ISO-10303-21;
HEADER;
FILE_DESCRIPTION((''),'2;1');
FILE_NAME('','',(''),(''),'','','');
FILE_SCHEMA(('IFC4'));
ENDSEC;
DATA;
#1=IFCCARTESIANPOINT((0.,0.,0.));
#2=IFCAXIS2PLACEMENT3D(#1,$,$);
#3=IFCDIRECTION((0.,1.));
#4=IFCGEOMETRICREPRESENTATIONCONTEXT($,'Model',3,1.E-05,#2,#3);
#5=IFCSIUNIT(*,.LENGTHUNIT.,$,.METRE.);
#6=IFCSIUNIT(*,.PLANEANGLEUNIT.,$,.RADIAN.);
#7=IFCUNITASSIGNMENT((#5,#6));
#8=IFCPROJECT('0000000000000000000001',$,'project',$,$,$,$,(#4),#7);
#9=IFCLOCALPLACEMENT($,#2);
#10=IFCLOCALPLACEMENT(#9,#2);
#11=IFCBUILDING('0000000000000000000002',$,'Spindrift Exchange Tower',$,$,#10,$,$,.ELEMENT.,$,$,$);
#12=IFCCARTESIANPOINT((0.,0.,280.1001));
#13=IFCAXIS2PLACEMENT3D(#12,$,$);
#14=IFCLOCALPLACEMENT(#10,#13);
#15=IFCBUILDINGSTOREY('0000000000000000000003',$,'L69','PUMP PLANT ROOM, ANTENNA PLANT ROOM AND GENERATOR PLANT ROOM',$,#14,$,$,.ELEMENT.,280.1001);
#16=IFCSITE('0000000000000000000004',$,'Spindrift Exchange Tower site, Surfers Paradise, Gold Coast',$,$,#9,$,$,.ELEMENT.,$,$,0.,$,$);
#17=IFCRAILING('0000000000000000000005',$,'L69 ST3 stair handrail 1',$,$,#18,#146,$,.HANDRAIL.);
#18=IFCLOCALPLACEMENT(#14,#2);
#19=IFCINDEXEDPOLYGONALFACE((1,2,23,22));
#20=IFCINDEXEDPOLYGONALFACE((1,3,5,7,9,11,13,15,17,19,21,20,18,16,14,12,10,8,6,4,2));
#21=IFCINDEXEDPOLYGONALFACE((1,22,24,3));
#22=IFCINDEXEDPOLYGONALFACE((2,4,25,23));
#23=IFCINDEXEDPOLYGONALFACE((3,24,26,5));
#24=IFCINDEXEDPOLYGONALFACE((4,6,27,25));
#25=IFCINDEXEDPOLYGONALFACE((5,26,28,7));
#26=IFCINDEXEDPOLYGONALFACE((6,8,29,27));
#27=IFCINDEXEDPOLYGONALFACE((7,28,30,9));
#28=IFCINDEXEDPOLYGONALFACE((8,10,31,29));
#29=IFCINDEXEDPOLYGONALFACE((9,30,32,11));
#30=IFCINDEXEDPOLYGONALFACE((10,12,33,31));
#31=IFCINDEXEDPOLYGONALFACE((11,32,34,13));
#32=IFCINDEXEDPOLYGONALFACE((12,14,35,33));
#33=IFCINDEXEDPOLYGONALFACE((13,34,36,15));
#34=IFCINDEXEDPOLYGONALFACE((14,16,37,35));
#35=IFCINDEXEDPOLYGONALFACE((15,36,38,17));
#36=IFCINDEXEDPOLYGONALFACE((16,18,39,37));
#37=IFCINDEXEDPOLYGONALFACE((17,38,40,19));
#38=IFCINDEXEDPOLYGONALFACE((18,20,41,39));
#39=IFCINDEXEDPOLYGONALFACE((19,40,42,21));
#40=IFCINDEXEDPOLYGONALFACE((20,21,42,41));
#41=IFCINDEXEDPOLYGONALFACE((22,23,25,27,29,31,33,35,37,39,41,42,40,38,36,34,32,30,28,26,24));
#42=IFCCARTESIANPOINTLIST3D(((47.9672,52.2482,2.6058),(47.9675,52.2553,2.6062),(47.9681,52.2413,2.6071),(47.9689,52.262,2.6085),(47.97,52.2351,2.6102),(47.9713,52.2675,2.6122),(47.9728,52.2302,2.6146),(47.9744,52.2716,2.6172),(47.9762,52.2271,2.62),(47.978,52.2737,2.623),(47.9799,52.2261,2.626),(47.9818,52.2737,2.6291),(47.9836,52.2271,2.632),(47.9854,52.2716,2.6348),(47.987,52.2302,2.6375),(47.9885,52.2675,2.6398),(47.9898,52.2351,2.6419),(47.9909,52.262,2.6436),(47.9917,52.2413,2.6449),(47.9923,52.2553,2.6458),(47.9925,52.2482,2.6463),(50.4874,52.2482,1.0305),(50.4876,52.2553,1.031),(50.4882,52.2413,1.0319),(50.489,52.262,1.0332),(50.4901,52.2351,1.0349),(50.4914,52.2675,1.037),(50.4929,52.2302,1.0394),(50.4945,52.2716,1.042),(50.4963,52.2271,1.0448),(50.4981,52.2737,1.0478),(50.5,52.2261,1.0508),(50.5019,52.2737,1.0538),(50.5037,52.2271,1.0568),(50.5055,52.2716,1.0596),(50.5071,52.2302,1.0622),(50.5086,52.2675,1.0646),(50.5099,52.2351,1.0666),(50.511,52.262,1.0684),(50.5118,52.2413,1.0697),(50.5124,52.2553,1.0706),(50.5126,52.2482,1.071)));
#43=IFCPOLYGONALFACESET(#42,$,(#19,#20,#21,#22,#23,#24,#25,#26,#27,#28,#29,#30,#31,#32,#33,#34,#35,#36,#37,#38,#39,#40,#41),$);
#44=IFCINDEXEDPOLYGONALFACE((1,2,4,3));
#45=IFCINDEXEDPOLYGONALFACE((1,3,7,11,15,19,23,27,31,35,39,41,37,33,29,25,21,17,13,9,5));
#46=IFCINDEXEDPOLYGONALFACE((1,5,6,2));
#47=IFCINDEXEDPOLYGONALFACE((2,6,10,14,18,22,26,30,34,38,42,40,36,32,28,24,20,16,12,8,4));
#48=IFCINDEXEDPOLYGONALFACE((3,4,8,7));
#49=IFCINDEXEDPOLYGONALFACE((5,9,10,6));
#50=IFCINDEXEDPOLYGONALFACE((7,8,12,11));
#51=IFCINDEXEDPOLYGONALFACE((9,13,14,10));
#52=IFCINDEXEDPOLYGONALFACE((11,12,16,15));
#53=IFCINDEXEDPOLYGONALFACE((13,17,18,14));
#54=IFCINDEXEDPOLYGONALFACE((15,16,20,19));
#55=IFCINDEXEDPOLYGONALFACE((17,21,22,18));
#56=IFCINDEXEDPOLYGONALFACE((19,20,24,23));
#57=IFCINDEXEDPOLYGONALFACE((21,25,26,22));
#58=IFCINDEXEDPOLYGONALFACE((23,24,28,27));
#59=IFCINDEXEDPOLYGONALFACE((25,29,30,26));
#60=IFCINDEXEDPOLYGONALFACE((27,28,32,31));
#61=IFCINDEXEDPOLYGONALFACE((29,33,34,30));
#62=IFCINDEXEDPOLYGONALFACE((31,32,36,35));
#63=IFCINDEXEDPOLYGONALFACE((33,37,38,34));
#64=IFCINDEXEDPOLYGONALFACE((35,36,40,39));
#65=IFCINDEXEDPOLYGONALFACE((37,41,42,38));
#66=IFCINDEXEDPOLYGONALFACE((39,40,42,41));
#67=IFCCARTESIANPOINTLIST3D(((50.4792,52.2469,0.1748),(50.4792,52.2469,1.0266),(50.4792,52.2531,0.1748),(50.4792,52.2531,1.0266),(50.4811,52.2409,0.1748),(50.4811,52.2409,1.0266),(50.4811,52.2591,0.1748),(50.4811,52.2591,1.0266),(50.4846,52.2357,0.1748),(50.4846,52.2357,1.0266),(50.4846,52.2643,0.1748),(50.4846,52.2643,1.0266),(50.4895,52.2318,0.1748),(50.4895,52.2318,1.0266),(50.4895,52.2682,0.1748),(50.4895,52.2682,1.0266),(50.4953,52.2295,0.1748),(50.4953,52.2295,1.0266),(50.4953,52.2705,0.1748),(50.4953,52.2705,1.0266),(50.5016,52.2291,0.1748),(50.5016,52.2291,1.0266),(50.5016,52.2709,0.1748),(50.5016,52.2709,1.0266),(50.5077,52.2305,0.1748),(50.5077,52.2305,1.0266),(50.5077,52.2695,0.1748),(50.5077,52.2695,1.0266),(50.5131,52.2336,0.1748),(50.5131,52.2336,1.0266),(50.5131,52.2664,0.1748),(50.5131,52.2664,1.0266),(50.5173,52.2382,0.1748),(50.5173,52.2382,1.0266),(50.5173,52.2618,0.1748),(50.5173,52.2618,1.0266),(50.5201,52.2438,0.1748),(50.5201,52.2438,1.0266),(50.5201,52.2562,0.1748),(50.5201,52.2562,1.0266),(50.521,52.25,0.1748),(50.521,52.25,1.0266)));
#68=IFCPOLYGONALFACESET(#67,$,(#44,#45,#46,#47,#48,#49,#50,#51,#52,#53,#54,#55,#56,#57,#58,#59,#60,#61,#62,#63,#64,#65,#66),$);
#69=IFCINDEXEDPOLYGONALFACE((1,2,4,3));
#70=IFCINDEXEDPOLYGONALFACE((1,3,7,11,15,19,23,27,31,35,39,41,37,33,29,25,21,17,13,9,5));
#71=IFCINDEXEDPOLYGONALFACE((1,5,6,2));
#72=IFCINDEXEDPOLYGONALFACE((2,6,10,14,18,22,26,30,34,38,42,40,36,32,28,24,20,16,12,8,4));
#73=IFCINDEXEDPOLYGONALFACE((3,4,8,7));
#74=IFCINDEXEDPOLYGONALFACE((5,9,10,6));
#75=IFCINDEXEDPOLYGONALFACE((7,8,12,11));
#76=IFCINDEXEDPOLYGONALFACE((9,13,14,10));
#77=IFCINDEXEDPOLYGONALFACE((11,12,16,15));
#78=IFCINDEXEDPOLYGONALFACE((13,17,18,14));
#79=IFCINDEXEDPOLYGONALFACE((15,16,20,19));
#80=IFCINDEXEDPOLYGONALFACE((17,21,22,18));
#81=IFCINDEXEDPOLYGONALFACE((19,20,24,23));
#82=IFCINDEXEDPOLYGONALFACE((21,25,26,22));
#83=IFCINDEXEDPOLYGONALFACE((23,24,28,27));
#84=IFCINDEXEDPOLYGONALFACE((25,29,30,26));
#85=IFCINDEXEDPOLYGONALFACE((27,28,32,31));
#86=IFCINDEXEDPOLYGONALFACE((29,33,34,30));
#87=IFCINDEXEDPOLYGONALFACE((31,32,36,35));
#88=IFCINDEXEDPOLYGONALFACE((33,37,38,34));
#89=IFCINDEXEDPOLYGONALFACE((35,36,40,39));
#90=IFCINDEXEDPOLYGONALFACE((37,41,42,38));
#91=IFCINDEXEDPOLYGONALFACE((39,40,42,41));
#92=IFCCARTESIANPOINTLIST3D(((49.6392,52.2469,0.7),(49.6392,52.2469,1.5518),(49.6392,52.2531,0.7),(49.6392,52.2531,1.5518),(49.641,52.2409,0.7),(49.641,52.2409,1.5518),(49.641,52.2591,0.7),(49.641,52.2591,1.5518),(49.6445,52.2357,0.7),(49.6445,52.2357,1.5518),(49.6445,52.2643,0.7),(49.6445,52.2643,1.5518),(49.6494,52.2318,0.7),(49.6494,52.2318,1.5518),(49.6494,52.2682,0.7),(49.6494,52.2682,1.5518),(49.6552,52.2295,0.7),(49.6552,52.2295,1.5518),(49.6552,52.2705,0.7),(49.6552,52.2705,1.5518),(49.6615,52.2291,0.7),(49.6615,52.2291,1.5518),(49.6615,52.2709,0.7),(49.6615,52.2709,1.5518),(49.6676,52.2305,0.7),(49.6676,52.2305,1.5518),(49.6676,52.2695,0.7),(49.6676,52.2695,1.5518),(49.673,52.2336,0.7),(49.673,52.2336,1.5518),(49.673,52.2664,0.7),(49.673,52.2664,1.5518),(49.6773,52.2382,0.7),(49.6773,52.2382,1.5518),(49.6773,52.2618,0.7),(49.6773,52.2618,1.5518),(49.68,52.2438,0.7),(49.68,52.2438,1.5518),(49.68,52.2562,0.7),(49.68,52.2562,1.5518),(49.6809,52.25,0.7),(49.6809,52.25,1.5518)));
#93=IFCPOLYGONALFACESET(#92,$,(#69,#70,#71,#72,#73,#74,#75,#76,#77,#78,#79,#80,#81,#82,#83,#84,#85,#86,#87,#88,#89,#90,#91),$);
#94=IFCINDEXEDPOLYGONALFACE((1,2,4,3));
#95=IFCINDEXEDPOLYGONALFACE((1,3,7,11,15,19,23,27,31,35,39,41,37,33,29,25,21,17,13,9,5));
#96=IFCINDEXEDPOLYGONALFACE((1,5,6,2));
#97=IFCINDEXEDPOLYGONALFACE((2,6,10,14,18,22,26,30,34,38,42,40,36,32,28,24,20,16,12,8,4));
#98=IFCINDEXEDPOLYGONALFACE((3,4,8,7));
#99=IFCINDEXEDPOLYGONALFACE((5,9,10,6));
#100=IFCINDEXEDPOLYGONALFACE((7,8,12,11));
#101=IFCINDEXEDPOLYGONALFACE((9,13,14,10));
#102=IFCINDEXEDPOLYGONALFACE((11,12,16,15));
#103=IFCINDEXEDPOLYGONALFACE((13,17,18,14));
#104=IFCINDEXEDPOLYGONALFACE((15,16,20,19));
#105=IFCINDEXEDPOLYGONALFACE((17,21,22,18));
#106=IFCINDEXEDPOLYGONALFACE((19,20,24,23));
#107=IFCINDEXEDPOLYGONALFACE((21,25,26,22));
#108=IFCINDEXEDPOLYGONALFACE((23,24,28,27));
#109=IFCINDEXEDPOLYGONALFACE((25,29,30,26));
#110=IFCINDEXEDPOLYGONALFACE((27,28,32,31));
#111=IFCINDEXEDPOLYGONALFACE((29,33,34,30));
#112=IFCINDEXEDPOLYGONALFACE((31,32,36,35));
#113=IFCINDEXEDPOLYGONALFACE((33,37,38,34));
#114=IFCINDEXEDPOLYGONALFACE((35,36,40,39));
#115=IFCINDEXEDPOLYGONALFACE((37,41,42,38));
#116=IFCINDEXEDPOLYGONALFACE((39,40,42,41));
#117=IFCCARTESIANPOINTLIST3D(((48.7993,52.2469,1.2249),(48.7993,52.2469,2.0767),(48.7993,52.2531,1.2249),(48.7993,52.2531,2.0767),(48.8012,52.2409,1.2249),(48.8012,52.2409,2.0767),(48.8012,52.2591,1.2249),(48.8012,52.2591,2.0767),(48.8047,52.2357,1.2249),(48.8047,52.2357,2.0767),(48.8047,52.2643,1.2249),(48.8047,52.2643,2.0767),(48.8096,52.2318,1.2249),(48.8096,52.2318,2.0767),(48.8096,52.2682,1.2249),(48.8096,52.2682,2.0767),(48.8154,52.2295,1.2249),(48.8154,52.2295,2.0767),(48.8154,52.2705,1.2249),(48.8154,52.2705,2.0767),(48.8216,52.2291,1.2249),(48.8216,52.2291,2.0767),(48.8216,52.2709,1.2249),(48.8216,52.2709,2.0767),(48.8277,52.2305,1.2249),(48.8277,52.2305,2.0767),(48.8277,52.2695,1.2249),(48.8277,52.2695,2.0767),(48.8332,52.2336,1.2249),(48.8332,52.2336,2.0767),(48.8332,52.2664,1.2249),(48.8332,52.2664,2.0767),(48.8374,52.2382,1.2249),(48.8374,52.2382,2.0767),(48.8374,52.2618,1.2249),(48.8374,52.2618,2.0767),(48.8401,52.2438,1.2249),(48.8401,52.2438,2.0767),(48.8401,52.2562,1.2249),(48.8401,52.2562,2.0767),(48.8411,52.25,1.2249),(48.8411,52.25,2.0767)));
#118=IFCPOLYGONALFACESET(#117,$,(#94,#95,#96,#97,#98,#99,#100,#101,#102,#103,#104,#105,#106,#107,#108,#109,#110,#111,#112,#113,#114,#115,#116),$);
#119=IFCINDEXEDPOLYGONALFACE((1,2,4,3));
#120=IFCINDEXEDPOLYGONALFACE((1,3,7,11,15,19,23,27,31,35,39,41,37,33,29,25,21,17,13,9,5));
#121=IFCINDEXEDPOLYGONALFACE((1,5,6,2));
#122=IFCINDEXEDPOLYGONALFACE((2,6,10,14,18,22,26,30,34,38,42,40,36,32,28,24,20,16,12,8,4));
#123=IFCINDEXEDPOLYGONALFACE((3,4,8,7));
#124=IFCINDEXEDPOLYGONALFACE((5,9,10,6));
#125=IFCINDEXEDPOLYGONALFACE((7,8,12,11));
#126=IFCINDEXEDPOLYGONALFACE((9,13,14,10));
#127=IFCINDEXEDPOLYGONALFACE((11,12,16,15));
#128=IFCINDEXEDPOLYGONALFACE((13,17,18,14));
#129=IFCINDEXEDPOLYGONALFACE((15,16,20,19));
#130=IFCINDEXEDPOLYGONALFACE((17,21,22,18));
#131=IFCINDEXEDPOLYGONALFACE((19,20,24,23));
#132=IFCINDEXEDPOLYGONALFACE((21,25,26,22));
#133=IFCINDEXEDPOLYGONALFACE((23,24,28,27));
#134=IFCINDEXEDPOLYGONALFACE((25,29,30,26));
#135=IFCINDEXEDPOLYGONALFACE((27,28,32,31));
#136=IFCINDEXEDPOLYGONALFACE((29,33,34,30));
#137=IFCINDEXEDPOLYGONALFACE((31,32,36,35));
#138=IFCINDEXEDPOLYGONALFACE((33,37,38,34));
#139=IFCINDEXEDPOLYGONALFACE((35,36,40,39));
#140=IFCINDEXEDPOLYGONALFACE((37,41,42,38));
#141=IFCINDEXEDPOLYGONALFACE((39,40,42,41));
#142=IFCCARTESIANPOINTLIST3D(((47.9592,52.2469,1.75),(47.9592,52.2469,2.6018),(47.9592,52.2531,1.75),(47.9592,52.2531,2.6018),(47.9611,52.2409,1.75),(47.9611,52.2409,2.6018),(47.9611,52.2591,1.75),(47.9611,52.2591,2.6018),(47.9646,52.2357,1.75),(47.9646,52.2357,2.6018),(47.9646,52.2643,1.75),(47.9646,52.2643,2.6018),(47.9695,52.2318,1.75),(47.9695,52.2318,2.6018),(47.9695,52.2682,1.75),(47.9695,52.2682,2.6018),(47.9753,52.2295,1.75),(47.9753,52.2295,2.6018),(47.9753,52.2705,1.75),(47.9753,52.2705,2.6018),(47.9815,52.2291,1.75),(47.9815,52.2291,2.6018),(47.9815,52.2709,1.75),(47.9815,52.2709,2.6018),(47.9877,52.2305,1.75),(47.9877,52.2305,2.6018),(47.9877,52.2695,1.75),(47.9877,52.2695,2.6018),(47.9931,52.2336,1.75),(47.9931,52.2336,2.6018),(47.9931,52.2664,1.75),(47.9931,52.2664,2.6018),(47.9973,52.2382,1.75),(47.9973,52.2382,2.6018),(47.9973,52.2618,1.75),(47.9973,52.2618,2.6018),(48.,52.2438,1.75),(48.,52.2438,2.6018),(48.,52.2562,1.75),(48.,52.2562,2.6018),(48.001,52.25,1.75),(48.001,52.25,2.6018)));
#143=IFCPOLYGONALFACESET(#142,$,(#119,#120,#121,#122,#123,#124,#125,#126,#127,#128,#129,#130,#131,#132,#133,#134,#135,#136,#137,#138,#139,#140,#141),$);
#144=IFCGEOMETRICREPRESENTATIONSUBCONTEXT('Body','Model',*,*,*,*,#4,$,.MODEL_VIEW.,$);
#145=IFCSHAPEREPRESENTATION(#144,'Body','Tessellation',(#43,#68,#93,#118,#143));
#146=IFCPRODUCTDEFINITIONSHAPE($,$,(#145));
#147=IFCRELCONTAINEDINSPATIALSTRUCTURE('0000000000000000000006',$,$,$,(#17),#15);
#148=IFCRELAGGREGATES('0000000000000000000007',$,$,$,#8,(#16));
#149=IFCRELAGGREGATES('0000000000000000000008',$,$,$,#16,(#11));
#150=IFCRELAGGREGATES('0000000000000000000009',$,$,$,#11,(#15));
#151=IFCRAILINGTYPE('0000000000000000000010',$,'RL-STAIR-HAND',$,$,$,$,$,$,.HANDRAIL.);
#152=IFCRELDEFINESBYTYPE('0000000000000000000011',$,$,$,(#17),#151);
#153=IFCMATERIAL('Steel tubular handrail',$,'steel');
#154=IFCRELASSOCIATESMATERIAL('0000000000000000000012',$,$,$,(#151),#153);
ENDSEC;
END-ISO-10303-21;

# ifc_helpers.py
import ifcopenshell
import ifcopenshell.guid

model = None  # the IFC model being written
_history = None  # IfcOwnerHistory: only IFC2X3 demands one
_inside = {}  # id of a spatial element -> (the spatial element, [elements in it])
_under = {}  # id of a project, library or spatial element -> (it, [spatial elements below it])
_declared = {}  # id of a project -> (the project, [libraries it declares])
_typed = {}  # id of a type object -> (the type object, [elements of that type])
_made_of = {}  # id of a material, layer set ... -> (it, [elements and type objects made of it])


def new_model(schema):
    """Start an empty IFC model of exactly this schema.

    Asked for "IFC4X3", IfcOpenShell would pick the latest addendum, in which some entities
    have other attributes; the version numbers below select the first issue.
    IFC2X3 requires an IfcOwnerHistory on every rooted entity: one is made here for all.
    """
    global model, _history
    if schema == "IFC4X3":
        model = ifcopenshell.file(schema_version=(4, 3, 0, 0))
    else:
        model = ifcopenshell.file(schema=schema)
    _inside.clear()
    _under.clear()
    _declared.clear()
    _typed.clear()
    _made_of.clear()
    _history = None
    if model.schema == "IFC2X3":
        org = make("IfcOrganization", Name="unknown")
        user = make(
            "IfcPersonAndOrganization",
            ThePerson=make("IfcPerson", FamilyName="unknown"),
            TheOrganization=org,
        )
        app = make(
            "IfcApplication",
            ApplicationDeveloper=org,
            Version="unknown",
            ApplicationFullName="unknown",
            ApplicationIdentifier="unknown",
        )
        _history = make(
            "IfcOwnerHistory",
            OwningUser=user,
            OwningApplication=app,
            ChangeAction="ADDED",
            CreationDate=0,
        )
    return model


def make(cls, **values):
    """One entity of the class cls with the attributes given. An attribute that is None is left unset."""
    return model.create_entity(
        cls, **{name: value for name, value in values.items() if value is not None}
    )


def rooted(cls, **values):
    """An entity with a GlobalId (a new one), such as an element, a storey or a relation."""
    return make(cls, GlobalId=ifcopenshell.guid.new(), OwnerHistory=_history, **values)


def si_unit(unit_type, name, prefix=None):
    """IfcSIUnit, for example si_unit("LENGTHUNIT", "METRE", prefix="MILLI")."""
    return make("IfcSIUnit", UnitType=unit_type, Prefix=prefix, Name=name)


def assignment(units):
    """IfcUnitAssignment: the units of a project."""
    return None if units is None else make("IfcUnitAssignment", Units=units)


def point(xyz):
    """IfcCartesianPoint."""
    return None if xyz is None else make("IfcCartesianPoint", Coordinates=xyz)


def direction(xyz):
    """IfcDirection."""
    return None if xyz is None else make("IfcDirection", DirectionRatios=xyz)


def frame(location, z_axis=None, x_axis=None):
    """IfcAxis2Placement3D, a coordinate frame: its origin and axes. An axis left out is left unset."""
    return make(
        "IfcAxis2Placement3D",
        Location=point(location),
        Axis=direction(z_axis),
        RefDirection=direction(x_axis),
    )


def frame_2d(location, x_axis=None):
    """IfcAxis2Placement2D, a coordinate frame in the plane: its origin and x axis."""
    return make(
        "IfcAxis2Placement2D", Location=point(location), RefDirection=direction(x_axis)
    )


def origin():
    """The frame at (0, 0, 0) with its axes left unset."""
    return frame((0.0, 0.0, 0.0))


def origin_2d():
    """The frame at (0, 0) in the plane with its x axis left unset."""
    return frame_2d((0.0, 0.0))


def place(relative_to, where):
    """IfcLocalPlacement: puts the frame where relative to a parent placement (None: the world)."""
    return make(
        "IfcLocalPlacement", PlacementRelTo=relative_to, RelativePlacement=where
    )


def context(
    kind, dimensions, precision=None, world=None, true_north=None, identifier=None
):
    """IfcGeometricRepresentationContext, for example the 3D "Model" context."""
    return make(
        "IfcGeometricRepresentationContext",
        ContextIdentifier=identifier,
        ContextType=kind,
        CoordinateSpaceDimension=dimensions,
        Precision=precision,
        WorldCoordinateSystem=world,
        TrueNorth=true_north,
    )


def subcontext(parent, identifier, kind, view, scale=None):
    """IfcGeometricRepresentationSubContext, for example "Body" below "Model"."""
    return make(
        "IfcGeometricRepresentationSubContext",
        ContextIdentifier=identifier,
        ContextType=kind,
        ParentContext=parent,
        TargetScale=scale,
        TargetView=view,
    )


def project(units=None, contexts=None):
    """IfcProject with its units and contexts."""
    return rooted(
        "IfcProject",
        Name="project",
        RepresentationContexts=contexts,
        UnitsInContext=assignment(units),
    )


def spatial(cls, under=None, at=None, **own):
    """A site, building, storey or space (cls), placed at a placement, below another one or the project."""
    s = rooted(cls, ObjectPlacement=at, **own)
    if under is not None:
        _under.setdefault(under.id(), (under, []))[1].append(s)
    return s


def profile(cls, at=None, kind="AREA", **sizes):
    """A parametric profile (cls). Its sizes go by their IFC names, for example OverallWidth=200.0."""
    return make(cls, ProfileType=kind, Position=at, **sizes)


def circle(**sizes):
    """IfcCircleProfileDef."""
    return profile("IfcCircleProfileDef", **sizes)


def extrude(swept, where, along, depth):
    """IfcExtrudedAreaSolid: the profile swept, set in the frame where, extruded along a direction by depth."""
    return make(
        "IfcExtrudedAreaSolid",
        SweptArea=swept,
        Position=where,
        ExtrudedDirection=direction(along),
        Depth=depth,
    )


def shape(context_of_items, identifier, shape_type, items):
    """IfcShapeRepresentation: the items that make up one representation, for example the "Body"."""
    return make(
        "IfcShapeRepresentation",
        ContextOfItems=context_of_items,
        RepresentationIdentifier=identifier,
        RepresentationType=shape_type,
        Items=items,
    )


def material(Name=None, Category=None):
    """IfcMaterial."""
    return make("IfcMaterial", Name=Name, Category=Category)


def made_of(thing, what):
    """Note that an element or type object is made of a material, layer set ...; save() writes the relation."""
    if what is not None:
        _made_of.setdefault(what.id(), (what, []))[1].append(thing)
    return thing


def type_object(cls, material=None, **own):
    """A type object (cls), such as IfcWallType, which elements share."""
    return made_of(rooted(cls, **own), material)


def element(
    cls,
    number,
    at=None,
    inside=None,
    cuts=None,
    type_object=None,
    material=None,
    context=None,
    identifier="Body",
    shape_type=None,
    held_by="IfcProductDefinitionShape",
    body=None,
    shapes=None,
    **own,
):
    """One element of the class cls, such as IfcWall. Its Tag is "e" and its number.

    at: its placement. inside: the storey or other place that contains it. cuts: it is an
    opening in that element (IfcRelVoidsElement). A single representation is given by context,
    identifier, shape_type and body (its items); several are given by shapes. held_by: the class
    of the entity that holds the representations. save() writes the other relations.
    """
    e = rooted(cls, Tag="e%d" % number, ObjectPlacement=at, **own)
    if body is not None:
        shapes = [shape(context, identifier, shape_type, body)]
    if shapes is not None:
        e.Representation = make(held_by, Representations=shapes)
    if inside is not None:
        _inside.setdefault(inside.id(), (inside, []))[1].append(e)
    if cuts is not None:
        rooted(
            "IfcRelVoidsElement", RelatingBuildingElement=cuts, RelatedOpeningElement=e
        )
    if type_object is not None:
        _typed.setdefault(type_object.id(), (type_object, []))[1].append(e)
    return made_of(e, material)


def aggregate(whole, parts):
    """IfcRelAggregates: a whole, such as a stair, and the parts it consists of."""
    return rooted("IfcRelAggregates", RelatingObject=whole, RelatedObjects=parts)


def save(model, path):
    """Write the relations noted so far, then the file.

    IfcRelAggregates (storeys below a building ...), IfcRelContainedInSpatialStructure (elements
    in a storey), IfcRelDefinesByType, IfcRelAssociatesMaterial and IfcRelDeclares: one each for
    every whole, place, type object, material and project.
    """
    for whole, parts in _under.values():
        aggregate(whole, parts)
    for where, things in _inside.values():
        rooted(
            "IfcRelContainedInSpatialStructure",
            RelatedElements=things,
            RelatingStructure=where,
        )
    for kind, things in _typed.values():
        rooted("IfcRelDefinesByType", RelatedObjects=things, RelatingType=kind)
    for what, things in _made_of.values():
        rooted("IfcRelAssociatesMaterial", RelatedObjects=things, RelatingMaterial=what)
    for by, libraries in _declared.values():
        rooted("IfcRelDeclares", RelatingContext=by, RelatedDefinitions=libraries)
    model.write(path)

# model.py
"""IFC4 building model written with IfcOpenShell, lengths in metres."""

from ifc_helpers import new_model, si_unit, direction, frame, origin, origin_2d, place, context, subcontext, project, spatial, circle, extrude, material, type_object, element, save


model = new_model("IFC4")

# Units and contexts
model_context = context("Model", 3, precision=1e-05, world=origin(), true_north=direction((0.0, 1.0)))
body_context = subcontext(model_context, "Body", "Model", "MODEL_VIEW")
ifc_project = project(units=[si_unit("LENGTHUNIT", "METRE"), si_unit("PLANEANGLEUNIT", "RADIAN")], contexts=[model_context])

# Site, building, storey
site_placement = place(None, origin())
site = spatial("IfcSite", under=ifc_project, at=site_placement, Name="Spindrift Exchange Tower site, Surfers Paradise, Gold Coast", CompositionType="ELEMENT", RefElevation=0.0)
building_placement = place(site_placement, origin())
building = spatial("IfcBuilding", under=site, at=building_placement, Name="Spindrift Exchange Tower", CompositionType="ELEMENT")
storey_placement = place(building_placement, frame((0.0, 0.0, 280.1001)))
storey = spatial("IfcBuildingStorey", under=building, at=storey_placement, Name="L69", Description="PUMP PLANT ROOM, ANTENNA PLANT ROOM AND GENERATOR PLANT ROOM", CompositionType="ELEMENT", Elevation=280.1001)

# Railing
ifc_material_1 = material(Name="Steel tubular handrail", Category="steel")
railing_type_1 = type_object("IfcRailingType", Name="RL-STAIR-HAND", PredefinedType="HANDRAIL", material=ifc_material_1)
railing_1_placement = place(storey_placement, frame((50.5, 52.25, 0.1748)))
element("IfcRailing", 1, at=railing_1_placement, inside=storey, type_object=railing_type_1, Name="L69 ST3 stair handrail 1", PredefinedType="HANDRAIL", context=body_context, shape_type="SweptSolid", body=[
    extrude(circle(Radius=0.0239, at=origin_2d()), frame((0.0, 0.0, 0.876), z_axis=(-0.847971, 0.0, 0.530043), x_axis=(0.0, -1.0, 0.0)), (0.0, 0.0, 1.0), 2.9719),
    extrude(circle(Radius=0.021, at=origin_2d()), origin(), (0.0, 0.0, 1.0), 0.8518),
    extrude(circle(Radius=0.021, at=origin_2d()), frame((-0.8401, 0.0, 0.5251)), (0.0, 0.0, 1.0), 0.8518),
    extrude(circle(Radius=0.021, at=origin_2d()), frame((-1.6799, 0.0, 1.05)), (0.0, 0.0, 1.0), 0.8518),
    extrude(circle(Radius=0.021, at=origin_2d()), frame((-2.52, 0.0, 1.5752)), (0.0, 0.0, 1.0), 0.8518),
])

save(model, "model.ifc")
